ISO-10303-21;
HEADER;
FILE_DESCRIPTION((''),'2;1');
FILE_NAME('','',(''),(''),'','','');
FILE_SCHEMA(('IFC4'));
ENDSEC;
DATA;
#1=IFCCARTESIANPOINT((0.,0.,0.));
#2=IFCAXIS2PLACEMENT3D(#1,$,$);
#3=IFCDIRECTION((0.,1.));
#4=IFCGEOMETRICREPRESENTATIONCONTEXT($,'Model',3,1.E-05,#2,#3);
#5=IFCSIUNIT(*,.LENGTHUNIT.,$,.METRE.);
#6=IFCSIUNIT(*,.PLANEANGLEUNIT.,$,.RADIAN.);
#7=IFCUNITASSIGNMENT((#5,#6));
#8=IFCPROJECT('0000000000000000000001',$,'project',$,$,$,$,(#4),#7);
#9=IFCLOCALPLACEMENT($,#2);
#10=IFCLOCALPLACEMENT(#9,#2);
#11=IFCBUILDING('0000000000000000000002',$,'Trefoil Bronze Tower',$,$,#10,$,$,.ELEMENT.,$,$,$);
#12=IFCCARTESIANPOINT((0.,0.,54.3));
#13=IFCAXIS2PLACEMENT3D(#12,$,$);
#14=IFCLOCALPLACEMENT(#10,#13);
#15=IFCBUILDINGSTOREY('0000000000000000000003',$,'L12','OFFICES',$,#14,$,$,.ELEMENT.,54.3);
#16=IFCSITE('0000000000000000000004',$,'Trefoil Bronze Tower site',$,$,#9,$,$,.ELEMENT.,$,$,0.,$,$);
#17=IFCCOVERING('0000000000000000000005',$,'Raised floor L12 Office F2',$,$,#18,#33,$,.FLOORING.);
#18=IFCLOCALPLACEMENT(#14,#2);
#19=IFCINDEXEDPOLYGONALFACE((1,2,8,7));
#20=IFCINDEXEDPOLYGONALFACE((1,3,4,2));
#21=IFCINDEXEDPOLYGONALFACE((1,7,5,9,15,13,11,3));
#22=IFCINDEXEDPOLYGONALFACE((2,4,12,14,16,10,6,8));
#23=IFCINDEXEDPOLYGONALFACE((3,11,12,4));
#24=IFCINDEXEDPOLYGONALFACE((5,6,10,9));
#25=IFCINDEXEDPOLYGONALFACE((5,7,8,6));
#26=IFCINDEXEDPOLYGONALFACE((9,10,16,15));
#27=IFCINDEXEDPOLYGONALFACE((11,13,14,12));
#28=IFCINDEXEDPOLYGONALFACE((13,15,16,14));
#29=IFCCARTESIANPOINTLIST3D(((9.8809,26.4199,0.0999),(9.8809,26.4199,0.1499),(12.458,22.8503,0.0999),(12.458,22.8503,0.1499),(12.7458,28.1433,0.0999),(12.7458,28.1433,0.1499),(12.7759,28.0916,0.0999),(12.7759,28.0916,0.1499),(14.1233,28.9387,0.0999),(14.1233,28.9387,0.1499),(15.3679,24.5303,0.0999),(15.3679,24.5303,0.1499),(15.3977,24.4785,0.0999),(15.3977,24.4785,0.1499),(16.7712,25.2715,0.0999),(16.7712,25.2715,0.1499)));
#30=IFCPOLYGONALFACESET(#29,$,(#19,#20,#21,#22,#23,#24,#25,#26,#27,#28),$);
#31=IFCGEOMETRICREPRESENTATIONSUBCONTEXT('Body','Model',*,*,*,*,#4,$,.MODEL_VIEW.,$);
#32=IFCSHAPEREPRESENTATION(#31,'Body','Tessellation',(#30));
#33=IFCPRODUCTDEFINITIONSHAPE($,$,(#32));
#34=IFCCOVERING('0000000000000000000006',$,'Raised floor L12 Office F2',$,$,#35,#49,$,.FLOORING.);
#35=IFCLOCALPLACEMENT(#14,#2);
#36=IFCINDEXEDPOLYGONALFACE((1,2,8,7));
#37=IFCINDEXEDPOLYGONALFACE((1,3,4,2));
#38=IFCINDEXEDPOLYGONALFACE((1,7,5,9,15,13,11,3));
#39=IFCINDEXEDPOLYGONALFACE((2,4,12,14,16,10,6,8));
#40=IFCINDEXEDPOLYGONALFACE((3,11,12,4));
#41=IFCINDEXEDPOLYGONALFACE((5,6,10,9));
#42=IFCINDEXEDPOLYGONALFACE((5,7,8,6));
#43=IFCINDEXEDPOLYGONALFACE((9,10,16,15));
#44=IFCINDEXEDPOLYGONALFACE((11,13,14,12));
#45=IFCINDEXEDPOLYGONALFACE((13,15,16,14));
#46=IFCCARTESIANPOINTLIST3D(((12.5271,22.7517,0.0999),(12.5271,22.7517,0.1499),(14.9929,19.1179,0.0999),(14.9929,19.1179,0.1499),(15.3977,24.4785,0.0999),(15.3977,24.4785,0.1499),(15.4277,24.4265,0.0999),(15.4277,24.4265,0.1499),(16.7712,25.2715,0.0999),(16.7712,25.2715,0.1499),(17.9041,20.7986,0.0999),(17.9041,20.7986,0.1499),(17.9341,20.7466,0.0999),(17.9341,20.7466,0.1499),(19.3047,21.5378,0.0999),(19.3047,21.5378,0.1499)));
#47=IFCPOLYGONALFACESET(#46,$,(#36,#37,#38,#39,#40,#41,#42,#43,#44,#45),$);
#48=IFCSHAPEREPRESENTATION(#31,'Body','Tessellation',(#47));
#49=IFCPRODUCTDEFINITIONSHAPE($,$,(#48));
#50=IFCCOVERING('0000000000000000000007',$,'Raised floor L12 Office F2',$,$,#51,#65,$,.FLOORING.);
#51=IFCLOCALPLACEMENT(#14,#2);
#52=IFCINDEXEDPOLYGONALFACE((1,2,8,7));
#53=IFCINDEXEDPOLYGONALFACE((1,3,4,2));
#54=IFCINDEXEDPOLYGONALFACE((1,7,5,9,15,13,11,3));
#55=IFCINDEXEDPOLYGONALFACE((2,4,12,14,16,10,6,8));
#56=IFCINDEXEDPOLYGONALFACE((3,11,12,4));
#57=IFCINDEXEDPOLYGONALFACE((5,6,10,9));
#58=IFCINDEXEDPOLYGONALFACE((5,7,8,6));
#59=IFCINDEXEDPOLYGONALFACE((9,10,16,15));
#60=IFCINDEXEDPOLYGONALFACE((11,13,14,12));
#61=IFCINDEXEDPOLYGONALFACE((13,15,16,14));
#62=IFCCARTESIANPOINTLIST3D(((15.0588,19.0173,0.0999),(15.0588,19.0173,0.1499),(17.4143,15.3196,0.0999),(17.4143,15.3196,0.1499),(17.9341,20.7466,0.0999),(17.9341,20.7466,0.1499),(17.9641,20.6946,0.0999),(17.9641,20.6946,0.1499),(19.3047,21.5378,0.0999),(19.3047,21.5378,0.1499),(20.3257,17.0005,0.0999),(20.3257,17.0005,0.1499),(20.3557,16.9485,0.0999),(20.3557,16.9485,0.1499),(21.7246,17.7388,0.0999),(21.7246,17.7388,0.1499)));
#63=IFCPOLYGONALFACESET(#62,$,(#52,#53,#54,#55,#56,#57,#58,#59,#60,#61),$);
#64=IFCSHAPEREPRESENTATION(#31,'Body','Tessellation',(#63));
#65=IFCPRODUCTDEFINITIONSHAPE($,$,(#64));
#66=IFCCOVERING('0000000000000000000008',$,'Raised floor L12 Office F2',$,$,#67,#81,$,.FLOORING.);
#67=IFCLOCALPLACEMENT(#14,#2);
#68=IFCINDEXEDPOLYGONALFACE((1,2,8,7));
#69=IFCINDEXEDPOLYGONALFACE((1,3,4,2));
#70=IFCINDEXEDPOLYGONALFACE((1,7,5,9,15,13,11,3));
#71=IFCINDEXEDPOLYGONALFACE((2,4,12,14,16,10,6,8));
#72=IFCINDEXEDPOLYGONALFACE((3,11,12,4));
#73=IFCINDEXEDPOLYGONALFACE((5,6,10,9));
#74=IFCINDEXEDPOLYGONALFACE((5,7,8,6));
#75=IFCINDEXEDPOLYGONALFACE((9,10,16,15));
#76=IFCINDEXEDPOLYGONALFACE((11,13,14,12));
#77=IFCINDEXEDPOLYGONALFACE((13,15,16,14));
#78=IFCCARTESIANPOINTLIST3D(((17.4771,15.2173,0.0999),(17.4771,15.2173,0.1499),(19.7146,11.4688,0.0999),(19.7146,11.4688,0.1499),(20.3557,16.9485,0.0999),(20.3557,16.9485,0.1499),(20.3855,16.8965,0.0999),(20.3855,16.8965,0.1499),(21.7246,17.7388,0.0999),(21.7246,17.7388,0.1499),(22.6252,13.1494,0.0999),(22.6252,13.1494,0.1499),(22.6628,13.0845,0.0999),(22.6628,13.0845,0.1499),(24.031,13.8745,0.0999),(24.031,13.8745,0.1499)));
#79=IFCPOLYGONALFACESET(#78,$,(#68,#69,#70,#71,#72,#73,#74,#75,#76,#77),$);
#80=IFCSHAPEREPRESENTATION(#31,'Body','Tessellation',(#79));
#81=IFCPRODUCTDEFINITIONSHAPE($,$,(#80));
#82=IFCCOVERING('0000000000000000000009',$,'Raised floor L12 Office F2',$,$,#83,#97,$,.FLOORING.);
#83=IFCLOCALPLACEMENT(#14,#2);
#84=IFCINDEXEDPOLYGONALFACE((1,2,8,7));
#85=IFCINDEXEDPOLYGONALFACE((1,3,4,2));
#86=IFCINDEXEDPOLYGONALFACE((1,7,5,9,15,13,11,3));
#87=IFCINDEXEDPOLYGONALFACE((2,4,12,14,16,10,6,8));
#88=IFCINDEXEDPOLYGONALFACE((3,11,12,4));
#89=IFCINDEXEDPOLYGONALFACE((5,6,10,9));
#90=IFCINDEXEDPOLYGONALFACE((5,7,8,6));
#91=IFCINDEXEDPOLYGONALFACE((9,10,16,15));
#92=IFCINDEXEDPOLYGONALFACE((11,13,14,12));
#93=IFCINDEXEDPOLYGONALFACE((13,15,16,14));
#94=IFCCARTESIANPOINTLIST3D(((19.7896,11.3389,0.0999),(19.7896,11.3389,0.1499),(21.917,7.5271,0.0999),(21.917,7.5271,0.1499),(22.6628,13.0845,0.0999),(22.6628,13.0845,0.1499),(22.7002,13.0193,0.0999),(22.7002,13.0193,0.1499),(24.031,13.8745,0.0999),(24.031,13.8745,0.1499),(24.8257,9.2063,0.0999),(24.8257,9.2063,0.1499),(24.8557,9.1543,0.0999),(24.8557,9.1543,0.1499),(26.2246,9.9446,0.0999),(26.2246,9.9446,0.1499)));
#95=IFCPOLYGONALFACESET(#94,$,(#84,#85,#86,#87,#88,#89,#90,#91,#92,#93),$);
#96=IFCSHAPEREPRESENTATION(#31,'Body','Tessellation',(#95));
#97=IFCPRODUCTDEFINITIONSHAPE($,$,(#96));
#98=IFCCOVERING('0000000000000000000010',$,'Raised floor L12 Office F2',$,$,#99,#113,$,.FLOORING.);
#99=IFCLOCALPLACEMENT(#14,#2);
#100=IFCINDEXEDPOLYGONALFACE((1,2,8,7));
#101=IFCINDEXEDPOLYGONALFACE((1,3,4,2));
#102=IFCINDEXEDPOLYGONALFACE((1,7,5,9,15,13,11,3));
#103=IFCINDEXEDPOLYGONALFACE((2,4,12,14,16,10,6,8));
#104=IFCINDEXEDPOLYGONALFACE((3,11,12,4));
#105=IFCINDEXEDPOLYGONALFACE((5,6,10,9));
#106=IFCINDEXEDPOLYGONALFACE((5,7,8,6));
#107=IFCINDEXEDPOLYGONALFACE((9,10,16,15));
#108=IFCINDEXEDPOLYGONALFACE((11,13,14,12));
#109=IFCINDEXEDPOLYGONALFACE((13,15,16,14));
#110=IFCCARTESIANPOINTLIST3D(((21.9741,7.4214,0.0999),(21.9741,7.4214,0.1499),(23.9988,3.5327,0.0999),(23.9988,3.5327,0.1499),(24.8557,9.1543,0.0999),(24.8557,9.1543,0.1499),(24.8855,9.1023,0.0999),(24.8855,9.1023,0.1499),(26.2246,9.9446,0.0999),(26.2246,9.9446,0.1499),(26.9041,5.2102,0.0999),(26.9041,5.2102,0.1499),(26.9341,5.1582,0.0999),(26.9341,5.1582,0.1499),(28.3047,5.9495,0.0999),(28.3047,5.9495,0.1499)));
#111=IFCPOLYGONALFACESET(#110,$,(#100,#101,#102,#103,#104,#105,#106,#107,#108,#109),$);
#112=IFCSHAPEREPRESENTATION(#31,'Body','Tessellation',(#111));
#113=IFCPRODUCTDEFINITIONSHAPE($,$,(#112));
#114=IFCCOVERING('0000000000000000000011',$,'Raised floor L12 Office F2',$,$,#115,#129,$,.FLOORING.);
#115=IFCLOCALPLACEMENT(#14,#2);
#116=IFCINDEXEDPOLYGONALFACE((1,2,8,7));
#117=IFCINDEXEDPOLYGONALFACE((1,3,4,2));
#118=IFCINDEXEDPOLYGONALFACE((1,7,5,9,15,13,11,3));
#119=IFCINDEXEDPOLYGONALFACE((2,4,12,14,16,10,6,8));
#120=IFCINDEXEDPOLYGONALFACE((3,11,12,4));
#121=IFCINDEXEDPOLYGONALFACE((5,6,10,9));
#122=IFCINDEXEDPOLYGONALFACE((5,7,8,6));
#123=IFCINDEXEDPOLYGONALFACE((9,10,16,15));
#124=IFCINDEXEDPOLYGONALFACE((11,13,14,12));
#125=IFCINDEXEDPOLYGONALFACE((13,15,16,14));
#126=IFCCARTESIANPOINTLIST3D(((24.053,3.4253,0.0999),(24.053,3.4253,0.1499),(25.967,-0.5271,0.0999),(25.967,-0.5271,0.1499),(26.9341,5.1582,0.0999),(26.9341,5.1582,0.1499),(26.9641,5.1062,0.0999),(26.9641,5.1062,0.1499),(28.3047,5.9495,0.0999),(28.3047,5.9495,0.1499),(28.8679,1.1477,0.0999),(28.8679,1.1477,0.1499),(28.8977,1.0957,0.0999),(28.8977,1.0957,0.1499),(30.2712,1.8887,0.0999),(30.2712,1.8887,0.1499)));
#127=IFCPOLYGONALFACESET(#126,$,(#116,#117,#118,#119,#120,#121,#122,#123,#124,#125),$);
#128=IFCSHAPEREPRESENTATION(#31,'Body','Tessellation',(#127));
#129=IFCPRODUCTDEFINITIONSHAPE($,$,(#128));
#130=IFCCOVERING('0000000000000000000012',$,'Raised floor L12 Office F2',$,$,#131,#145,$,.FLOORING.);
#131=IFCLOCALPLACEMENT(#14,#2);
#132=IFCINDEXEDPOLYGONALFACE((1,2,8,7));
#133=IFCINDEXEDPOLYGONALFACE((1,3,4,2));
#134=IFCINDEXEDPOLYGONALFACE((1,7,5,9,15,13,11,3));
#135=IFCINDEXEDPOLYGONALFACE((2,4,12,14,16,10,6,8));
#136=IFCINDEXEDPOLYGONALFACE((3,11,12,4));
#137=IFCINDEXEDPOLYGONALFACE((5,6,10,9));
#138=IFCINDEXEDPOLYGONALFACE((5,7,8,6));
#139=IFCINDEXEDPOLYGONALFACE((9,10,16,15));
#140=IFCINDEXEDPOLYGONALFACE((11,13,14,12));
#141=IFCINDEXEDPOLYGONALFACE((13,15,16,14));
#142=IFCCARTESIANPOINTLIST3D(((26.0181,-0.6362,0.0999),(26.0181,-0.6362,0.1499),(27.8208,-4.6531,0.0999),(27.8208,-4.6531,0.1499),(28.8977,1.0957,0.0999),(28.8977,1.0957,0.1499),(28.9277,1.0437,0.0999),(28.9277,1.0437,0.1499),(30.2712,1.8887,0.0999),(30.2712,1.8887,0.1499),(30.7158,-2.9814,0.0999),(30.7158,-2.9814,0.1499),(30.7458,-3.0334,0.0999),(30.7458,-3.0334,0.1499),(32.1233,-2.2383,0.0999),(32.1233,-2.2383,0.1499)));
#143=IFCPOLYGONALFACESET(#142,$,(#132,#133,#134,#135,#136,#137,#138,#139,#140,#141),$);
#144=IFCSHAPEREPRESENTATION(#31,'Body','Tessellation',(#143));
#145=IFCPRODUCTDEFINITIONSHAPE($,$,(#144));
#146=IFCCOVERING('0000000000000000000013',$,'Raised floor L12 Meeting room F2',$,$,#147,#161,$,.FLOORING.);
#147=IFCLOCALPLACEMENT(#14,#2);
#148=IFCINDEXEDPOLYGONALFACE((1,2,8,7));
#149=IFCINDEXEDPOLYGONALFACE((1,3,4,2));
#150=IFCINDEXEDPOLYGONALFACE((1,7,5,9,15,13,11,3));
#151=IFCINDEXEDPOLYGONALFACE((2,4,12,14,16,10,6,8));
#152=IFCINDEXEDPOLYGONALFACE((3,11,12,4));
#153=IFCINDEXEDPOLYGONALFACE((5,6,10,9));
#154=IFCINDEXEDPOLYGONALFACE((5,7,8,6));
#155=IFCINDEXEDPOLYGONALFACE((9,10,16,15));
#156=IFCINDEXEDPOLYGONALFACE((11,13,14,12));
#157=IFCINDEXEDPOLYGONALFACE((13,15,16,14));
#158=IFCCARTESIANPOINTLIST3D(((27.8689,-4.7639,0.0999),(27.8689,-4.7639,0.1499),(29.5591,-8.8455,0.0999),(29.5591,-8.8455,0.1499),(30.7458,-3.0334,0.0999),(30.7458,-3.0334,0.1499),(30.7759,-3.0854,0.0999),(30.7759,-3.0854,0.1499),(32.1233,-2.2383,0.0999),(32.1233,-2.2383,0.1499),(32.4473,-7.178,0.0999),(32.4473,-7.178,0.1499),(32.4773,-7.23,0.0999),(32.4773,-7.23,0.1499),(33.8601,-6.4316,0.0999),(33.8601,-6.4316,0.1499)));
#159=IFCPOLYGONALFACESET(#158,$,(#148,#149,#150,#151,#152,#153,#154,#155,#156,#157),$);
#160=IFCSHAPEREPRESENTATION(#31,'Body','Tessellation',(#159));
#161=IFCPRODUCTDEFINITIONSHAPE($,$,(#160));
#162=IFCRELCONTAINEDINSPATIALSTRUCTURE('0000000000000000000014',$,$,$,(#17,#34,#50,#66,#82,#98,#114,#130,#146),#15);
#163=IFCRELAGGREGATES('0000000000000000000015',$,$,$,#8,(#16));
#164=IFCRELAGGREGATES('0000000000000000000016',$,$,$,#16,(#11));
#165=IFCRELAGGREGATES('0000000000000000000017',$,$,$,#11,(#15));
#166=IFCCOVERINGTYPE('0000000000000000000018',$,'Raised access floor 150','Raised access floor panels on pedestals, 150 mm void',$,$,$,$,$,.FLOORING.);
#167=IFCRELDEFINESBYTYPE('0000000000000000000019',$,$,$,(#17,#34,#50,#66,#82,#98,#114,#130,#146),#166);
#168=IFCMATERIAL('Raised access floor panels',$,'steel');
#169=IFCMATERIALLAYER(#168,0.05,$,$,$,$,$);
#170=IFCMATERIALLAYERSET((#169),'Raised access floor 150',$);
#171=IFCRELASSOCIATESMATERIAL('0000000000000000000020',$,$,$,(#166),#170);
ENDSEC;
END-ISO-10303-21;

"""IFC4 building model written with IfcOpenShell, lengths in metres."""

from ifc_helpers import new_model, si_unit, direction, frame, origin, place, context, subcontext, project, spatial, polyline, outline, extrude, material, layer, layer_set, type_object, element, save


model = new_model("IFC4")

# Units and contexts
model_context = context("Model", 3, precision=1e-05, world=origin(), true_north=direction((0.0, 1.0)))
body_context = subcontext(model_context, "Body", "Model", "MODEL_VIEW")
ifc_project = project(units=[si_unit("LENGTHUNIT", "METRE"), si_unit("PLANEANGLEUNIT", "RADIAN")], contexts=[model_context])

# Site, building, storey
site_placement = place(None, origin())
site = spatial("IfcSite", under=ifc_project, at=site_placement, Name="Trefoil Bronze Tower site", CompositionType="ELEMENT", RefElevation=0.0)
building_placement = place(site_placement, origin())
building = spatial("IfcBuilding", under=site, at=building_placement, Name="Trefoil Bronze Tower", CompositionType="ELEMENT")
storey_placement = place(building_placement, frame((0.0, 0.0, 54.3)))
storey = spatial("IfcBuildingStorey", under=building, at=storey_placement, Name="L12", Description="OFFICES", CompositionType="ELEMENT", Elevation=54.3)

# Coverings
ifc_material_1 = material(Name="Raised access floor panels", Category="steel")
ifc_layer_1 = layer(ifc_material_1, 0.05)
ifc_layer_set_1 = layer_set([ifc_layer_1], Name="Raised access floor 150")
covering_type_1 = type_object("IfcCoveringType", Name="Raised access floor 150", Description="Raised access floor panels on pedestals, 150 mm void", PredefinedType="FLOORING", material=ifc_layer_set_1)
covering_1_placement = place(storey_placement, frame((0.0, 0.0, 0.0999)))
element("IfcCovering", 1, at=covering_1_placement, inside=storey, type_object=covering_type_1, Name="Raised floor L12 Office F2", PredefinedType="FLOORING", context=body_context, shape_type="SweptSolid", body=[
    extrude(outline(polyline([(16.7712, 25.2715), (15.3977, 24.4785), (15.3679, 24.5303), (12.458, 22.8503), (9.8809, 26.4199), (12.7759, 28.0916), (12.7458, 28.1433), (14.1233, 28.9387), (16.7712, 25.2715)])), origin(), (0.0, 0.0, 1.0), 0.05),
])
covering_2_placement = place(storey_placement, frame((0.0, 0.0, 0.0999)))
element("IfcCovering", 2, at=covering_2_placement, inside=storey, type_object=covering_type_1, Name="Raised floor L12 Office F2", PredefinedType="FLOORING", context=body_context, shape_type="SweptSolid", body=[
    extrude(outline(polyline([(16.7712, 25.2715), (19.3047, 21.5378), (17.9341, 20.7466), (17.9041, 20.7986), (14.9929, 19.1179), (12.5271, 22.7517), (15.4277, 24.4265), (15.3977, 24.4785), (16.7712, 25.2715)])), origin(), (0.0, 0.0, 1.0), 0.05),
])
covering_3_placement = place(storey_placement, frame((0.0, 0.0, 0.0999)))
element("IfcCovering", 3, at=covering_3_placement, inside=storey, type_object=covering_type_1, Name="Raised floor L12 Office F2", PredefinedType="FLOORING", context=body_context, shape_type="SweptSolid", body=[
    extrude(outline(polyline([(21.7246, 17.7388), (20.3557, 16.9485), (20.3257, 17.0005), (17.4143, 15.3196), (15.0588, 19.0173), (17.9641, 20.6946), (17.9341, 20.7466), (19.3047, 21.5378), (21.7246, 17.7388)])), origin(), (0.0, 0.0, 1.0), 0.05),
])
covering_4_placement = place(storey_placement, frame((0.0, 0.0, 0.0999)))
element("IfcCovering", 4, at=covering_4_placement, inside=storey, type_object=covering_type_1, Name="Raised floor L12 Office F2", PredefinedType="FLOORING", context=body_context, shape_type="SweptSolid", body=[
    extrude(outline(polyline([(21.7246, 17.7388), (24.031, 13.8745), (22.6628, 13.0845), (22.6252, 13.1494), (19.7146, 11.4688), (17.4771, 15.2173), (20.3855, 16.8965), (20.3557, 16.9485), (21.7246, 17.7388)])), origin(), (0.0, 0.0, 1.0), 0.05),
])
covering_5_placement = place(storey_placement, frame((0.0, 0.0, 0.0999)))
element("IfcCovering", 5, at=covering_5_placement, inside=storey, type_object=covering_type_1, Name="Raised floor L12 Office F2", PredefinedType="FLOORING", context=body_context, shape_type="SweptSolid", body=[
    extrude(outline(polyline([(24.031, 13.8745), (26.2246, 9.9446), (24.8557, 9.1543), (24.8257, 9.2063), (21.917, 7.5271), (19.7896, 11.3389), (22.7002, 13.0193), (22.6628, 13.0845), (24.031, 13.8745)])), origin(), (0.0, 0.0, 1.0), 0.05),
])
covering_6_placement = place(storey_placement, frame((0.0, 0.0, 0.0999)))
element("IfcCovering", 6, at=covering_6_placement, inside=storey, type_object=covering_type_1, Name="Raised floor L12 Office F2", PredefinedType="FLOORING", context=body_context, shape_type="SweptSolid", body=[
    extrude(outline(polyline([(26.2246, 9.9446), (28.3047, 5.9495), (26.9341, 5.1582), (26.9041, 5.2102), (23.9988, 3.5327), (21.9741, 7.4214), (24.8855, 9.1023), (24.8557, 9.1543), (26.2246, 9.9446)])), origin(), (0.0, 0.0, 1.0), 0.05),
])
covering_7_placement = place(storey_placement, frame((0.0, 0.0, 0.0999)))
element("IfcCovering", 7, at=covering_7_placement, inside=storey, type_object=covering_type_1, Name="Raised floor L12 Office F2", PredefinedType="FLOORING", context=body_context, shape_type="SweptSolid", body=[
    extrude(outline(polyline([(28.3047, 5.9495), (30.2712, 1.8887), (28.8977, 1.0957), (28.8679, 1.1477), (25.967, -0.5271), (24.053, 3.4253), (26.9641, 5.1062), (26.9341, 5.1582), (28.3047, 5.9495)])), origin(), (0.0, 0.0, 1.0), 0.05),
])
covering_8_placement = place(storey_placement, frame((0.0, 0.0, 0.0999)))
element("IfcCovering", 8, at=covering_8_placement, inside=storey, type_object=covering_type_1, Name="Raised floor L12 Office F2", PredefinedType="FLOORING", context=body_context, shape_type="SweptSolid", body=[
    extrude(outline(polyline([(32.1233, -2.2383), (30.7458, -3.0334), (30.7158, -2.9814), (27.8208, -4.6531), (26.0181, -0.6362), (28.9277, 1.0437), (28.8977, 1.0957), (30.2712, 1.8887), (32.1233, -2.2383)])), origin(), (0.0, 0.0, 1.0), 0.05),
])
covering_9_placement = place(storey_placement, frame((0.0, 0.0, 0.0999)))
element("IfcCovering", 9, at=covering_9_placement, inside=storey, type_object=covering_type_1, Name="Raised floor L12 Meeting room F2", PredefinedType="FLOORING", context=body_context, shape_type="SweptSolid", body=[
    extrude(outline(polyline([(32.1233, -2.2383), (33.8601, -6.4316), (32.4773, -7.23), (32.4473, -7.178), (29.5591, -8.8455), (27.8689, -4.7639), (30.7759, -3.0854), (30.7458, -3.0334), (32.1233, -2.2383)])), origin(), (0.0, 0.0, 1.0), 0.05),
])

save(model, "model.ifc")
